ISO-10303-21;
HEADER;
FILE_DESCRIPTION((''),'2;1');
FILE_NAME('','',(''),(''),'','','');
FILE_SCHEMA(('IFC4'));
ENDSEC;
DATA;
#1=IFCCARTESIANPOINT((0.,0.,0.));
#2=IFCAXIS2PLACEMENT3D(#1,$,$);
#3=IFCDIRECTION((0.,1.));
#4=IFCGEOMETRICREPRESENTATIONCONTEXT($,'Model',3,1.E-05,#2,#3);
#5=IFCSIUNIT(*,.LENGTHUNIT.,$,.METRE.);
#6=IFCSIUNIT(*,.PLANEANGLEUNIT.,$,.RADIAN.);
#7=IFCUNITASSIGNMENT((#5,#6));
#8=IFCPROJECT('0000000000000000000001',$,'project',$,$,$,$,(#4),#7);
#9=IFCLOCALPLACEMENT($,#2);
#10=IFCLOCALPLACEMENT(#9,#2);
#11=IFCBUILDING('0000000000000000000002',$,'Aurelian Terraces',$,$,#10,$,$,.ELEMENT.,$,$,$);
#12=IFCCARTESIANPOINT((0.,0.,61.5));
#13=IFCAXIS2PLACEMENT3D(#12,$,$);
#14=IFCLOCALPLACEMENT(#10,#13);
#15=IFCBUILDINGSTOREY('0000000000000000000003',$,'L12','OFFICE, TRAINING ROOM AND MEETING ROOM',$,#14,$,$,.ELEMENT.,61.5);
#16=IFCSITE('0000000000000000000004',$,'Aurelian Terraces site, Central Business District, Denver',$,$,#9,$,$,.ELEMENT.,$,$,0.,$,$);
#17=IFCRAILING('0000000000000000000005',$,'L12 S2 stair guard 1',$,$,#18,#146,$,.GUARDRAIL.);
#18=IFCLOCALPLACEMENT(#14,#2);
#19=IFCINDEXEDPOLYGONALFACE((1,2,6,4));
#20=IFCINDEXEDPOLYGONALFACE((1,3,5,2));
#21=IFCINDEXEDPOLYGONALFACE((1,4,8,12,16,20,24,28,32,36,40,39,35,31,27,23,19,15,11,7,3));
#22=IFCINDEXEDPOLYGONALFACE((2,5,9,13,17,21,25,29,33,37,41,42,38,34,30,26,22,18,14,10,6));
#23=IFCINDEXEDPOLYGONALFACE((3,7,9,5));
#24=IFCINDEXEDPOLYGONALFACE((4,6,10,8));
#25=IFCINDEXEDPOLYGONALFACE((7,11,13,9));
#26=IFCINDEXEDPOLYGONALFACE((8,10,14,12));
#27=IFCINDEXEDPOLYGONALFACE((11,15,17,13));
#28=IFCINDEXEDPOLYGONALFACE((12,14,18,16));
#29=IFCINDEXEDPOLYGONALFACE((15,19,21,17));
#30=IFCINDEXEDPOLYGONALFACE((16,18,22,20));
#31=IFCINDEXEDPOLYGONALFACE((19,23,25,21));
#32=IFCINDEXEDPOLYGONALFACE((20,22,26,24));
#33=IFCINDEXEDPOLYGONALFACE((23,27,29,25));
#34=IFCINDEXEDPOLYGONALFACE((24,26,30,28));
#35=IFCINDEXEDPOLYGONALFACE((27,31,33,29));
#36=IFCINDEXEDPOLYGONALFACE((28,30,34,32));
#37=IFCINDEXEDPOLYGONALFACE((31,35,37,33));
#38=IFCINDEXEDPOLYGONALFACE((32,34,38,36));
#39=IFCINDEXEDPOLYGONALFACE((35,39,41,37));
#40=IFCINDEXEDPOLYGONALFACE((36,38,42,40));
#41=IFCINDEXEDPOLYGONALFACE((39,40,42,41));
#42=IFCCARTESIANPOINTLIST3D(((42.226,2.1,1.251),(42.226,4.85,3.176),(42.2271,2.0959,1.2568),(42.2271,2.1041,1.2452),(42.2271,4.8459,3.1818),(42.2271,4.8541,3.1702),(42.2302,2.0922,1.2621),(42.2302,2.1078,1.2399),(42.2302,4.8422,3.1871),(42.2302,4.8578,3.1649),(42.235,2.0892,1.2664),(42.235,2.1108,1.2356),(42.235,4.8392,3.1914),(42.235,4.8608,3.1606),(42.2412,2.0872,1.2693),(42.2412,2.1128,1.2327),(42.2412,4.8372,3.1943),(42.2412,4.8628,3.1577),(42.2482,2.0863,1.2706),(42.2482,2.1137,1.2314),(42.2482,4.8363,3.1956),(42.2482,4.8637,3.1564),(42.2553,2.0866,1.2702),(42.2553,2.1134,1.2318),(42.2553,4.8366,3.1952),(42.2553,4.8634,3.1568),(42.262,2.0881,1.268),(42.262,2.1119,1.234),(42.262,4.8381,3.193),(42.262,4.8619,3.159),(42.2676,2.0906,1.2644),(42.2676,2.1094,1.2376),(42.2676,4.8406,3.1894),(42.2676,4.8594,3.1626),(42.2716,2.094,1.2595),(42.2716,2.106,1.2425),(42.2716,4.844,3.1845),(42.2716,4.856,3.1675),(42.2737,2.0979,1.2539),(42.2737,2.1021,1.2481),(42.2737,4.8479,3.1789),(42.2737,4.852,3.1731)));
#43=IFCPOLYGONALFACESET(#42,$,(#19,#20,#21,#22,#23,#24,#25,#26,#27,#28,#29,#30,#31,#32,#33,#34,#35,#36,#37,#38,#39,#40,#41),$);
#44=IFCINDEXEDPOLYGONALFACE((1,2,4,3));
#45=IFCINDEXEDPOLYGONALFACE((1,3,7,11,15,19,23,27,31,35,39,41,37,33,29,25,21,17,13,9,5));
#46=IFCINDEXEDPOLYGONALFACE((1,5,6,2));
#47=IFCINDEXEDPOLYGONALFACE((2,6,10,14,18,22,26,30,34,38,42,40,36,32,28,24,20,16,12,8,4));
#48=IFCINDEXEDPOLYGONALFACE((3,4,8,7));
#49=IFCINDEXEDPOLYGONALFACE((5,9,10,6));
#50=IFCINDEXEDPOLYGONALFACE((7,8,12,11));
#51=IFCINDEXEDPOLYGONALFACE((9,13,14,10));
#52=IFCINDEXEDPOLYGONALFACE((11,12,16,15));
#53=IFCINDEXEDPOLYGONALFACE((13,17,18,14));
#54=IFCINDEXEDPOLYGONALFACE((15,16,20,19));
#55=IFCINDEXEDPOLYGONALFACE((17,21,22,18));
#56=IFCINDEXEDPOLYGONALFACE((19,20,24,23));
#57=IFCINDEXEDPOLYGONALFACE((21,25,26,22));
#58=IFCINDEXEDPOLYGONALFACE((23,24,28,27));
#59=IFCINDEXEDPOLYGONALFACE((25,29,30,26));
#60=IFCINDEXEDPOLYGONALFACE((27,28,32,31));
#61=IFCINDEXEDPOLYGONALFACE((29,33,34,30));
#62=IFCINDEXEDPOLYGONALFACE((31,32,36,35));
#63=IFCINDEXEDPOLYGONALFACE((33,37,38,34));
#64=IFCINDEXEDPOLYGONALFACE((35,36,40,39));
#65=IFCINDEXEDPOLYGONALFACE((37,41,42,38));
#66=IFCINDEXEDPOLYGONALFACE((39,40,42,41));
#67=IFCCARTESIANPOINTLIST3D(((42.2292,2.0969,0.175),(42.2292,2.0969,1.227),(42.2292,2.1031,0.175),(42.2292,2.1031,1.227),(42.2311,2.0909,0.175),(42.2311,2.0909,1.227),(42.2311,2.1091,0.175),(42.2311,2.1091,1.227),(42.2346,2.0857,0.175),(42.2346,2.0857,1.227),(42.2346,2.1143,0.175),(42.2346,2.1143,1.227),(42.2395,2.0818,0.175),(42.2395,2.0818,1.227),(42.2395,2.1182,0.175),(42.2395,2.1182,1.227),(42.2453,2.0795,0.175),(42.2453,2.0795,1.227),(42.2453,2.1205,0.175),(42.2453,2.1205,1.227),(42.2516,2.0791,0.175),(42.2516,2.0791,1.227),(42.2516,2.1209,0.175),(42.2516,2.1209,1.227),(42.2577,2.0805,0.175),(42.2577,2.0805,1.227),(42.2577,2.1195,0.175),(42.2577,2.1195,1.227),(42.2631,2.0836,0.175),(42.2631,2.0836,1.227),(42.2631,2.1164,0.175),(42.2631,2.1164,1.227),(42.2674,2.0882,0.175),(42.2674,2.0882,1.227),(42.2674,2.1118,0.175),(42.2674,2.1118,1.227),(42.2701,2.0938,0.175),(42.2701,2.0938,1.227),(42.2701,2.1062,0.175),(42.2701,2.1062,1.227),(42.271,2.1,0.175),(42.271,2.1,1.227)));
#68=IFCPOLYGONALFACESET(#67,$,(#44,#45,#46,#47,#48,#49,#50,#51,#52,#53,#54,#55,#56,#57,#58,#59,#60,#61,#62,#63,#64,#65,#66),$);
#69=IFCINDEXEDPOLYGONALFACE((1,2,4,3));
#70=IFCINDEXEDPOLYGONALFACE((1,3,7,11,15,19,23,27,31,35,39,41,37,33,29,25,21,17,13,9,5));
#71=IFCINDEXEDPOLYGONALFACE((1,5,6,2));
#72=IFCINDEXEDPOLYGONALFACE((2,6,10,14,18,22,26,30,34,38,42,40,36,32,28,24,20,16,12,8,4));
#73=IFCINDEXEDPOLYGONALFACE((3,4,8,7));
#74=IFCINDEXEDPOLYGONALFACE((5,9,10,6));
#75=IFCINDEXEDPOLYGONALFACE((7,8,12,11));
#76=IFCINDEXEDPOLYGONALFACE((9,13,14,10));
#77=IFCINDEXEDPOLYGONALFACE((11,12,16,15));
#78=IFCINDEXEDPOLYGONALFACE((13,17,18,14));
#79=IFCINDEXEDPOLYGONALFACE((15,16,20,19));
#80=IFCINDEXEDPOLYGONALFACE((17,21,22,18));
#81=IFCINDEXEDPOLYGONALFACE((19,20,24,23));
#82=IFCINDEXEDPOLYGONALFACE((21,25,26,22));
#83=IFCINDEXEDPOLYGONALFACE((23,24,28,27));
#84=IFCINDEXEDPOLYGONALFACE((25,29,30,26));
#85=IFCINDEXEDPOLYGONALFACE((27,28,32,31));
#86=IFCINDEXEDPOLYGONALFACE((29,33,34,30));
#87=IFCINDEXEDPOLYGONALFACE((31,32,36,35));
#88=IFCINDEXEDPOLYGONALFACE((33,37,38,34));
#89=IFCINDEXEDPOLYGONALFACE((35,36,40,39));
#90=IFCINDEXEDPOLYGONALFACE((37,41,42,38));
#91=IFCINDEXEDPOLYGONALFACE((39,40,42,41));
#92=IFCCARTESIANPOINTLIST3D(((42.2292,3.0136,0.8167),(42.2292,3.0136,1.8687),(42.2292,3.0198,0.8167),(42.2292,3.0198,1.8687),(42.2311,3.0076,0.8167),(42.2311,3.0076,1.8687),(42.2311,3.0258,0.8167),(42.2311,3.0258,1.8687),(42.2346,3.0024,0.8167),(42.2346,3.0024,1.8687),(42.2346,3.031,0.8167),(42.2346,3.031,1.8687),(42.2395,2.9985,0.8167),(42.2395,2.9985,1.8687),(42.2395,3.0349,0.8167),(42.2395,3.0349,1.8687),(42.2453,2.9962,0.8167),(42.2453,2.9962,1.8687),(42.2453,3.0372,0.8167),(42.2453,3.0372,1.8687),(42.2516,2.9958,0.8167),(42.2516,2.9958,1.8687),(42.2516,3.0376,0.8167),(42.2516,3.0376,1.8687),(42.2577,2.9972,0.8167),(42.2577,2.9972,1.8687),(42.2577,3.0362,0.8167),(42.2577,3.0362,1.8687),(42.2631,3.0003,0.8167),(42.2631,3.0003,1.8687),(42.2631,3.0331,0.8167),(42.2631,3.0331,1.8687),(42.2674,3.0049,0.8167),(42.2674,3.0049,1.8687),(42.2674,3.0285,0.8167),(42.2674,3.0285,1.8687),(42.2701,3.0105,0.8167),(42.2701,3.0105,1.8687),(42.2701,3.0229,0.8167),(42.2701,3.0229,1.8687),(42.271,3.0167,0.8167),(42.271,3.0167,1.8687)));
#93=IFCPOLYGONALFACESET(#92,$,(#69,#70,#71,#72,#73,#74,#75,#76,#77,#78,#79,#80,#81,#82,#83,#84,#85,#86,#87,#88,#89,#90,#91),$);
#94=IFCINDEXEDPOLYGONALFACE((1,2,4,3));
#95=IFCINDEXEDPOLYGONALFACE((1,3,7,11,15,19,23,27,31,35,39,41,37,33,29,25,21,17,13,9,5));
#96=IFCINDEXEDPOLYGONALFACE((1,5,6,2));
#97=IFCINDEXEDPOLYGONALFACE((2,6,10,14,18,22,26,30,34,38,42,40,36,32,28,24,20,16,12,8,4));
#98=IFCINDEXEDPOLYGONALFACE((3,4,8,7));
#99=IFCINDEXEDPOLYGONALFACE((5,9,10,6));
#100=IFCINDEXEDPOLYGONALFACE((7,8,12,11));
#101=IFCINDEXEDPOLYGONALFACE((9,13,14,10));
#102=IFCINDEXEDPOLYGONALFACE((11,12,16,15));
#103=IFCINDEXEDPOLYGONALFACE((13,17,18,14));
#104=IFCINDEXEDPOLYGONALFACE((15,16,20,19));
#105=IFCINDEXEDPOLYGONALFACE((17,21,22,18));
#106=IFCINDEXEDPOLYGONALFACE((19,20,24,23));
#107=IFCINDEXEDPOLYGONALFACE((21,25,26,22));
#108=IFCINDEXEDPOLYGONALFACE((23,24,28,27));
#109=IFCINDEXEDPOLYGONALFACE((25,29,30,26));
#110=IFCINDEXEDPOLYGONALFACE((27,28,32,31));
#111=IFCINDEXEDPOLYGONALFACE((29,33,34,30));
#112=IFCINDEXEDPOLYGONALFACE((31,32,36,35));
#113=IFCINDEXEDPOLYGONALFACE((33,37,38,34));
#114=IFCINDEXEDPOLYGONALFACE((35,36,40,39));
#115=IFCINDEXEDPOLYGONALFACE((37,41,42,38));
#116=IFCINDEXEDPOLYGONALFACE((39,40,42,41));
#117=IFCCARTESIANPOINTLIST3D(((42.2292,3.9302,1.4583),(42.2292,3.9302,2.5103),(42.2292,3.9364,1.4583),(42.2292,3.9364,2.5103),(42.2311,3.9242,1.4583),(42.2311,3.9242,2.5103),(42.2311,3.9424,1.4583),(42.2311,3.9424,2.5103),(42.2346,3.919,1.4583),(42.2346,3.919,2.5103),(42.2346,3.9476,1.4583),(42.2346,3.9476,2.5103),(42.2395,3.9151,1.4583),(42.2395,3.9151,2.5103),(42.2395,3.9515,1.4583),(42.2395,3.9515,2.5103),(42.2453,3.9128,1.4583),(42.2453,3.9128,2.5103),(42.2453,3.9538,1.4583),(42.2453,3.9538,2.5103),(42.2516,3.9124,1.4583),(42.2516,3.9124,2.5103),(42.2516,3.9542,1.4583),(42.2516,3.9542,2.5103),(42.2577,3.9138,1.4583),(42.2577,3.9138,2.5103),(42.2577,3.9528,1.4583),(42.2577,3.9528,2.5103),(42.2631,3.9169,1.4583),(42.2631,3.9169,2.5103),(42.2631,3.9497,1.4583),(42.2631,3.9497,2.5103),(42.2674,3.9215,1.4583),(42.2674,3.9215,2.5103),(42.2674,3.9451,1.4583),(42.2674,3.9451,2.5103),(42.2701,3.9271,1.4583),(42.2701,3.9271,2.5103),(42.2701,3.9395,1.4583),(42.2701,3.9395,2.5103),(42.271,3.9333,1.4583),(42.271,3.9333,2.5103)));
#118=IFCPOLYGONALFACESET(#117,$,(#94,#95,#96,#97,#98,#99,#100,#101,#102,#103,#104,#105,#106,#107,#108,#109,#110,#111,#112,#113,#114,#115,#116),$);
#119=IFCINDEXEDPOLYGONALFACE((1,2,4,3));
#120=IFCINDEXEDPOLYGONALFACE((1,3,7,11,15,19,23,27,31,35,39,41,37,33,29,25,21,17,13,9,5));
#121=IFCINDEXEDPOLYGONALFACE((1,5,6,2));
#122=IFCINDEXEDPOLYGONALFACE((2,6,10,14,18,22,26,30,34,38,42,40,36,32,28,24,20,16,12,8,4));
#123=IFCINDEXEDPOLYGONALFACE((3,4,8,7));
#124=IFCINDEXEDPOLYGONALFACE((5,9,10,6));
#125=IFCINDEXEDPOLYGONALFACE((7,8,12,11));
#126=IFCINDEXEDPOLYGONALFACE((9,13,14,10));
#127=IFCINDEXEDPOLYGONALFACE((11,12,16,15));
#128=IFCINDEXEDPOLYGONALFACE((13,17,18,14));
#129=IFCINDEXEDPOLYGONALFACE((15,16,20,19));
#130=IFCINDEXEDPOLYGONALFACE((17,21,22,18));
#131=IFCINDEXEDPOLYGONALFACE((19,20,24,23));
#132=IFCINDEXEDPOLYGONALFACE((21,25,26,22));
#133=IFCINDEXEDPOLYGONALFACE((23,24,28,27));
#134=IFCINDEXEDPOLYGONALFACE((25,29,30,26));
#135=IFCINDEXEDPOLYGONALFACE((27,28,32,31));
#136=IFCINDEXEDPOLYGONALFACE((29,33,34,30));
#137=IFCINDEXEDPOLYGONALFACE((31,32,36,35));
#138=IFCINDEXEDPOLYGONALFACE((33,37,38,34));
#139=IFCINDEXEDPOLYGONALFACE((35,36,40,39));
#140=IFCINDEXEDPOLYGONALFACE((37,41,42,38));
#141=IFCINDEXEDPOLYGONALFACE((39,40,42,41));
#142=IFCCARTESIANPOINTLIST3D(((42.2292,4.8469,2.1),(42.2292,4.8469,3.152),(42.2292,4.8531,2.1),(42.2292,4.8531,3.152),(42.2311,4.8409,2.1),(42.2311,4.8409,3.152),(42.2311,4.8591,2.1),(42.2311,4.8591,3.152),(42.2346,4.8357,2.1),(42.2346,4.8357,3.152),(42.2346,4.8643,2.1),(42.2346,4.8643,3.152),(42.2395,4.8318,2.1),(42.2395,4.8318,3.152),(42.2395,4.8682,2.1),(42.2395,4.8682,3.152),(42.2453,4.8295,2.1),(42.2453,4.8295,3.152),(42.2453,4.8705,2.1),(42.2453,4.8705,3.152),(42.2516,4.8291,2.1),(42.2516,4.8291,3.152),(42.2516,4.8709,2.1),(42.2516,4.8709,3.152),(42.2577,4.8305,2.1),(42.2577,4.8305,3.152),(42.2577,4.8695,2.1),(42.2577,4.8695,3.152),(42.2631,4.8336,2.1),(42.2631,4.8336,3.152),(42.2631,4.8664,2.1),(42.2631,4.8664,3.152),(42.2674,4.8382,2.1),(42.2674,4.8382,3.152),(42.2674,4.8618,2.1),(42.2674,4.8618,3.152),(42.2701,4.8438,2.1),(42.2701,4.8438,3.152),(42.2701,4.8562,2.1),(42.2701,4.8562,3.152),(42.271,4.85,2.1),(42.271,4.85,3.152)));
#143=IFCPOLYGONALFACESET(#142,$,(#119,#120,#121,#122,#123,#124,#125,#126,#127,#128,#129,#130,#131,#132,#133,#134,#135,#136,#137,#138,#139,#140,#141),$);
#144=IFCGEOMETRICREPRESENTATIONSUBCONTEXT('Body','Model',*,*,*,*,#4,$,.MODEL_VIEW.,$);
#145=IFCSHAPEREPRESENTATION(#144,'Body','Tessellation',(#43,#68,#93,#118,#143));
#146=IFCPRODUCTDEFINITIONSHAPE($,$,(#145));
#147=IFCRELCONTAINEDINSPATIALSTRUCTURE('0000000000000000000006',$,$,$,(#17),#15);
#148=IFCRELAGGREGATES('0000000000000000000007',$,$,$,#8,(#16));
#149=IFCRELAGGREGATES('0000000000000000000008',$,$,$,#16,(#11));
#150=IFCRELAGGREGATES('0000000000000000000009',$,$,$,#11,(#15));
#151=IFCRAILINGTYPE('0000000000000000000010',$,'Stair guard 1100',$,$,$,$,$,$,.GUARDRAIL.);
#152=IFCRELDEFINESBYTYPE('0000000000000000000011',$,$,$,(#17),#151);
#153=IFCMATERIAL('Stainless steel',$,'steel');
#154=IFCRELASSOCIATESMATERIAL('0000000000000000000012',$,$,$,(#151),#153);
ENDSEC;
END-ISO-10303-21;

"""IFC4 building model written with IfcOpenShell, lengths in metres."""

from ifc_helpers import new_model, si_unit, direction, frame, origin, origin_2d, place, context, subcontext, project, spatial, circle, extrude, source, transform, mapped, material, type_object, element, save


model = new_model("IFC4")

# Units and contexts
model_context = context("Model", 3, precision=1e-05, world=origin(), true_north=direction((0.0, 1.0)))
body_context = subcontext(model_context, "Body", "Model", "MODEL_VIEW")
ifc_project = project(units=[si_unit("LENGTHUNIT", "METRE"), si_unit("PLANEANGLEUNIT", "RADIAN")], contexts=[model_context])

# Site, building, storey
site_placement = place(None, origin())
site = spatial("IfcSite", under=ifc_project, at=site_placement, Name="Aurelian Terraces site, Central Business District, Denver", CompositionType="ELEMENT", RefElevation=0.0)
building_placement = place(site_placement, origin())
building = spatial("IfcBuilding", under=site, at=building_placement, Name="Aurelian Terraces", CompositionType="ELEMENT")
storey_placement = place(building_placement, frame((0.0, 0.0, 61.5)))
storey = spatial("IfcBuildingStorey", under=building, at=storey_placement, Name="L12", Description="OFFICE, TRAINING ROOM AND MEETING ROOM", CompositionType="ELEMENT", Elevation=61.5)

# Railing
ifc_material_1 = material(Name="Stainless steel", Category="steel")
railing_type_1 = type_object("IfcRailingType", Name="Stair guard 1100", PredefinedType="GUARDRAIL", material=ifc_material_1)
shared_shape_1 = source(origin(), body_context, "Body", "SweptSolid", [
    extrude(circle(Radius=0.024, at=origin_2d()), frame((0.0, 0.0, 1.076), z_axis=(0.0, 0.819232, 0.573462), x_axis=(-1.0, 0.0, 0.0)), (0.0, 0.0, 1.0), 3.3568),
    extrude(circle(Radius=0.021, at=origin_2d()), origin(), (0.0, 0.0, 1.0), 1.052),
    extrude(circle(Radius=0.021, at=origin_2d()), frame((0.0, 0.9167, 0.6417)), (0.0, 0.0, 1.0), 1.052),
    extrude(circle(Radius=0.021, at=origin_2d()), frame((0.0, 1.8333, 1.2833)), (0.0, 0.0, 1.0), 1.052),
    extrude(circle(Radius=0.021, at=origin_2d()), frame((0.0, 2.75, 1.925)), (0.0, 0.0, 1.0), 1.052),
])
railing_1_placement = place(storey_placement, frame((42.25, 2.1, 0.175)))
element("IfcRailing", 1, at=railing_1_placement, inside=storey, type_object=railing_type_1, Name="L12 S2 stair guard 1", PredefinedType="GUARDRAIL", context=body_context, shape_type="MappedRepresentation", body=[
    mapped(shared_shape_1, transform((0.0, 0.0, 0.0), scale=1.0)),
])

save(model, "model.ifc")
